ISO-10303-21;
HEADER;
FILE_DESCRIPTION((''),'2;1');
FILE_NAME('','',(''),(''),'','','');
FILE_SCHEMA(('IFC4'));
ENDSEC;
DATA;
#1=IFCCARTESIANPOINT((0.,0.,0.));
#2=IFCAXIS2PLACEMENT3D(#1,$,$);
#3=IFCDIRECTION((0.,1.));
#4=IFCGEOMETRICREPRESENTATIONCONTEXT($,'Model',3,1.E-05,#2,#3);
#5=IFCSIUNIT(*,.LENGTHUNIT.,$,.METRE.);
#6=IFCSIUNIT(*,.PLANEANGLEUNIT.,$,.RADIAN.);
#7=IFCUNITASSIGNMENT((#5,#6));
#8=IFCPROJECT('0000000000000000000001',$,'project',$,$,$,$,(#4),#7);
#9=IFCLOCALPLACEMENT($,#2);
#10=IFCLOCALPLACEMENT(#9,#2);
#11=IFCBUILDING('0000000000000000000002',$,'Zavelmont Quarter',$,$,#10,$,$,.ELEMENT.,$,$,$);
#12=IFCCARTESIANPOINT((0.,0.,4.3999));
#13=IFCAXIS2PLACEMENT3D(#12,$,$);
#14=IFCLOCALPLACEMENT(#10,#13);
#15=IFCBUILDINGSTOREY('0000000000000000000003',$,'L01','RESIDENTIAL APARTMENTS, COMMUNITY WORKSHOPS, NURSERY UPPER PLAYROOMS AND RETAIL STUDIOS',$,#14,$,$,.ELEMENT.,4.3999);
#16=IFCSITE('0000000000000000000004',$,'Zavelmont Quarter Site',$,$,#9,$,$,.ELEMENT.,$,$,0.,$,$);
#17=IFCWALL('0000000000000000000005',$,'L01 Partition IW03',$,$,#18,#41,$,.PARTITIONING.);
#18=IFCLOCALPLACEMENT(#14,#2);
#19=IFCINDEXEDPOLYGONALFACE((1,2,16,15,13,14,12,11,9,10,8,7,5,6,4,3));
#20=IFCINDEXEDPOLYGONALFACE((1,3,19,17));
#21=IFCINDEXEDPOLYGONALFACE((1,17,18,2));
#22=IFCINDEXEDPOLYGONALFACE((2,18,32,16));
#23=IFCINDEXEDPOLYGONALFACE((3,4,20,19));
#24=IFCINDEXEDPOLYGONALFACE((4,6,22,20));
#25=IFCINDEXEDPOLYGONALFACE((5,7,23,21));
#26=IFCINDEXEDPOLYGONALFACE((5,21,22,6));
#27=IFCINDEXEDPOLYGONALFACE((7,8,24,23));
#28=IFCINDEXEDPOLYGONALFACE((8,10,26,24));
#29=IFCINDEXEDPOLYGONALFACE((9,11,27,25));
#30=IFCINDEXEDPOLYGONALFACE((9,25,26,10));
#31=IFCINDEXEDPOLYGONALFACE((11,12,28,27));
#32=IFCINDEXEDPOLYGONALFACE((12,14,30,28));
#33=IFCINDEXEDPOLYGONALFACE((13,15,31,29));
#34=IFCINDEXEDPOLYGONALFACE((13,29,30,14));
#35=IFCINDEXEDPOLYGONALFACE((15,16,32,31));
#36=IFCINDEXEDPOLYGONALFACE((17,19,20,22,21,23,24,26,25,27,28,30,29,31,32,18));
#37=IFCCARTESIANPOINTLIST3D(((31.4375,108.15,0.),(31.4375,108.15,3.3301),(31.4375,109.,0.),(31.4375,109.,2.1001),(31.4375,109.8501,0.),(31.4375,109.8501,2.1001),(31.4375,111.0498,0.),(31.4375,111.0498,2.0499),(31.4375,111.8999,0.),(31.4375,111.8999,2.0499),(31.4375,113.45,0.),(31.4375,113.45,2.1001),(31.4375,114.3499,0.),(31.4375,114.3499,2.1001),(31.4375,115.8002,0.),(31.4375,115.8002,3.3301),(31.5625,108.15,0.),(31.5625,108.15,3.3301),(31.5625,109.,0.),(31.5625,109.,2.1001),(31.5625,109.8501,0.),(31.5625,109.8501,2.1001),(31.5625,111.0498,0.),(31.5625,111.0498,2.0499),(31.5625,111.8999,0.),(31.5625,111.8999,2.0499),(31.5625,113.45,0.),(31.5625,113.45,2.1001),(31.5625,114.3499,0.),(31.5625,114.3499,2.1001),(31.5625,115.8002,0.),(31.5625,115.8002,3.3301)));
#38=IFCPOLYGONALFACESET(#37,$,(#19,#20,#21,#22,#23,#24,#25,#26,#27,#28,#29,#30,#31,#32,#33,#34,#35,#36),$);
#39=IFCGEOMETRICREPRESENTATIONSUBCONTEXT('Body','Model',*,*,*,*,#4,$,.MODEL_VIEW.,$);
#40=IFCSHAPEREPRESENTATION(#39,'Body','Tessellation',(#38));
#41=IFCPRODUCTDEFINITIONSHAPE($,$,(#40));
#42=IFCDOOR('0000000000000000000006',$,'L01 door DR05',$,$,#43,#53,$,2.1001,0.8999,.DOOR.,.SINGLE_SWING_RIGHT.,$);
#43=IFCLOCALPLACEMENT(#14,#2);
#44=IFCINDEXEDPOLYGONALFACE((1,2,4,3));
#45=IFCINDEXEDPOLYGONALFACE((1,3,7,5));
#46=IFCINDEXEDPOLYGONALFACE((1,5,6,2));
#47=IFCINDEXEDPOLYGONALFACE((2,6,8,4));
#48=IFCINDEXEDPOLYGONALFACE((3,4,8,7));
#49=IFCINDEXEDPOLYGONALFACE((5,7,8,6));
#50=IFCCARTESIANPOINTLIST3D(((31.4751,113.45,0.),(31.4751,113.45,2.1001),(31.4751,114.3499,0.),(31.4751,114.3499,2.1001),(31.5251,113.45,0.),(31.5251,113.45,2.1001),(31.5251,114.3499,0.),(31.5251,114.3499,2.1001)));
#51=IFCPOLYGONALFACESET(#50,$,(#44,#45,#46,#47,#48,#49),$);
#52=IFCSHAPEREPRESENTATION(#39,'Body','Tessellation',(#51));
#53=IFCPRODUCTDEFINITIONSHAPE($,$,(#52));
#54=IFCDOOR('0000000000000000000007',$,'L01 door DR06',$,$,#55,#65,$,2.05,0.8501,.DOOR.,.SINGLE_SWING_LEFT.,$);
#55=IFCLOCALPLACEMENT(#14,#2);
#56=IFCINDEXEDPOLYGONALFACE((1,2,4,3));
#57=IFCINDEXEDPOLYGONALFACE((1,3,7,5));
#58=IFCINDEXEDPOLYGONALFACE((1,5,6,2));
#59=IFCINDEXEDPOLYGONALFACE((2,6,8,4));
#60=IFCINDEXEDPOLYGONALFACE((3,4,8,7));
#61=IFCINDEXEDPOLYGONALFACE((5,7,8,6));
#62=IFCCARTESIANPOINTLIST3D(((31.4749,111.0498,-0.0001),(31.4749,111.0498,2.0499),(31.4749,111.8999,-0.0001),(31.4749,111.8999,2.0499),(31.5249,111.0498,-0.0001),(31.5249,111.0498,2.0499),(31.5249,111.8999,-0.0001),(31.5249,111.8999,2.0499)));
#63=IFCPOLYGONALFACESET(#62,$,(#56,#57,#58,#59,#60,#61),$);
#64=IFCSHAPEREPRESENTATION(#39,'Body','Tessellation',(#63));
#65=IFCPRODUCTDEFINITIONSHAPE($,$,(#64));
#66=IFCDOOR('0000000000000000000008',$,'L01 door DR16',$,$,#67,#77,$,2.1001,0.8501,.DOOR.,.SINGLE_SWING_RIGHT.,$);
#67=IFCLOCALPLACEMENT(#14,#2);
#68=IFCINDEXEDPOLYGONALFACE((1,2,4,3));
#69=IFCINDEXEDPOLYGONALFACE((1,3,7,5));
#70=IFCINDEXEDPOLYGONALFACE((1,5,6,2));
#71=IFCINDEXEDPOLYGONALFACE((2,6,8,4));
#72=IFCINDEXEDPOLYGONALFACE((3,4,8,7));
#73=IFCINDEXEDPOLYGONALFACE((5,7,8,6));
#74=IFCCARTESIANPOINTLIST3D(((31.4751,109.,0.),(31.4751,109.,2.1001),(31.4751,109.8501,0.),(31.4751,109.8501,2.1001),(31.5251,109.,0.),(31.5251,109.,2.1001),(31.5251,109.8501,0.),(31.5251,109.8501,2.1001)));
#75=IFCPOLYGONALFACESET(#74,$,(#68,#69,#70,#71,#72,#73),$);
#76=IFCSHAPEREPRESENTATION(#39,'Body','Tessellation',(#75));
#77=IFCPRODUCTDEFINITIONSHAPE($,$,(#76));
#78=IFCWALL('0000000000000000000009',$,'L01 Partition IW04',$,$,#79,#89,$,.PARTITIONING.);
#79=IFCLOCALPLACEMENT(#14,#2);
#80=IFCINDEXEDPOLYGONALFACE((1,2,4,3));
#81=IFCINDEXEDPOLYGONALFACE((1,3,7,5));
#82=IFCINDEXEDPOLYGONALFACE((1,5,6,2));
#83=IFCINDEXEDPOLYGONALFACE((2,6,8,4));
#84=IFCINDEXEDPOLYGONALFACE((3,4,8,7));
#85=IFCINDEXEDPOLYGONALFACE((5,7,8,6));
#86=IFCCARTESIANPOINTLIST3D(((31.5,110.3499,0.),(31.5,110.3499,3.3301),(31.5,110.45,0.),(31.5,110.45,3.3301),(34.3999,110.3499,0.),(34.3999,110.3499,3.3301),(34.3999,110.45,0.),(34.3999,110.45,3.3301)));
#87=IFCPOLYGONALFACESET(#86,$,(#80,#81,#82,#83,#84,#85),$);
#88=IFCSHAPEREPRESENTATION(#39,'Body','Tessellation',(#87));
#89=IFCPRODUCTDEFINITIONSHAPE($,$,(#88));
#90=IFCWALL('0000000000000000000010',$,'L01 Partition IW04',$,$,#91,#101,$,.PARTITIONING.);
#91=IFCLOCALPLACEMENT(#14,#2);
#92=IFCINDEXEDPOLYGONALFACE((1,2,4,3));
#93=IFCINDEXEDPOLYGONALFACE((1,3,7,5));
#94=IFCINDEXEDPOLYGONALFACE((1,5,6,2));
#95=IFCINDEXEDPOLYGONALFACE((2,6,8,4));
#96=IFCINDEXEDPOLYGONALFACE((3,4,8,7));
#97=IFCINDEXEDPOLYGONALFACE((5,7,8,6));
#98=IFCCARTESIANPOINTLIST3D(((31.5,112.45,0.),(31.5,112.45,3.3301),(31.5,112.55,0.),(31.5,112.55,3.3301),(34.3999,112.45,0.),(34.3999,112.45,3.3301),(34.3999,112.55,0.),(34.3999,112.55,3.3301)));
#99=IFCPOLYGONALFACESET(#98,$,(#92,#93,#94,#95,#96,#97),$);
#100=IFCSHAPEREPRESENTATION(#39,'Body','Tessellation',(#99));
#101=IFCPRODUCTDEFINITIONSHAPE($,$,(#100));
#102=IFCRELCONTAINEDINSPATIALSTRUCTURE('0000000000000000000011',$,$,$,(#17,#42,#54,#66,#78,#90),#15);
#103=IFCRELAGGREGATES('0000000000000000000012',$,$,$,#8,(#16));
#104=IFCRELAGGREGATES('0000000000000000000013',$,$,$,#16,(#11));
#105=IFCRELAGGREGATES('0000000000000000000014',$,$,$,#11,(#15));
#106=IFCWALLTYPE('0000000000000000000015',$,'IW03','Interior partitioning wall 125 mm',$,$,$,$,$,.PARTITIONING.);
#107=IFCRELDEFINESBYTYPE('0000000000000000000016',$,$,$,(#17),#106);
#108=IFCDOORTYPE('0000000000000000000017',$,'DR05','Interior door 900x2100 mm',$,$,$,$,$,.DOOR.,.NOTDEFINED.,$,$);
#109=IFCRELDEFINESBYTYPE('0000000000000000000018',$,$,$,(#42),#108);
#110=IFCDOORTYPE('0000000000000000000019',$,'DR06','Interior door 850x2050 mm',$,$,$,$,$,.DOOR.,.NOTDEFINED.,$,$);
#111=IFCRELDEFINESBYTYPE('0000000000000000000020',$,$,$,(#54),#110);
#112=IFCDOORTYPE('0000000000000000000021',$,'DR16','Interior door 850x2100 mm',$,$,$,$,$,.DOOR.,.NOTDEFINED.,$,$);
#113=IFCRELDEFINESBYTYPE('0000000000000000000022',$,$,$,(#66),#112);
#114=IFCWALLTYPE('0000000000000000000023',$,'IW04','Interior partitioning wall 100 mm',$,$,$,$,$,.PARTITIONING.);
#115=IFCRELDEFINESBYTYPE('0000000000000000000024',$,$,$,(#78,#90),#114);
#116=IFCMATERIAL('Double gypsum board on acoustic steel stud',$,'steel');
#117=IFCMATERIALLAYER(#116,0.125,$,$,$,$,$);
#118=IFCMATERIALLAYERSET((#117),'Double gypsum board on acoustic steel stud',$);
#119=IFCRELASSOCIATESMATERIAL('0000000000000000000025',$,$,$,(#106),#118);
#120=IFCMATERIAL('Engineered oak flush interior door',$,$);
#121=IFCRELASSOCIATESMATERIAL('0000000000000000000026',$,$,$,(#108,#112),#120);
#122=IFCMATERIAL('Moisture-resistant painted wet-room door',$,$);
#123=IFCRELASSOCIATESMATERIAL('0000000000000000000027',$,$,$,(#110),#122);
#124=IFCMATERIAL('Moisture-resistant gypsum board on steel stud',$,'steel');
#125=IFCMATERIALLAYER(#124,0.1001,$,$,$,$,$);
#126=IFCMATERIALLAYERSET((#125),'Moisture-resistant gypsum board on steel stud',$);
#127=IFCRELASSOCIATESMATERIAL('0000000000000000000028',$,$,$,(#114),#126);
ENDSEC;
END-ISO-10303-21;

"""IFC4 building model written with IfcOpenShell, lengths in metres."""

from ifc_helpers import new_model, si_unit, direction, frame, frame_2d, origin, origin_with_axes, place, context, subcontext, project, spatial, rectangle, extrude, material, layer, layer_set, type_object, element, fill, save


model = new_model("IFC4")

# Units and contexts
model_context = context("Model", 3, precision=1e-05, world=origin(), true_north=direction((0.0, 1.0)))
body_context = subcontext(model_context, "Body", "Model", "MODEL_VIEW")
ifc_project = project(units=[si_unit("LENGTHUNIT", "METRE"), si_unit("PLANEANGLEUNIT", "RADIAN")], contexts=[model_context])

# Site, building, storey
site_placement = place(None, origin())
site = spatial("IfcSite", under=ifc_project, at=site_placement, Name="Zavelmont Quarter Site", CompositionType="ELEMENT", RefElevation=0.0)
building_placement = place(site_placement, origin())
building = spatial("IfcBuilding", under=site, at=building_placement, Name="Zavelmont Quarter", CompositionType="ELEMENT")
storey_placement = place(building_placement, frame((0.0, 0.0, 4.3999)))
storey = spatial("IfcBuildingStorey", under=building, at=storey_placement, Name="L01", Description="RESIDENTIAL APARTMENTS, COMMUNITY WORKSHOPS, NURSERY UPPER PLAYROOMS AND RETAIL STUDIOS", CompositionType="ELEMENT", Elevation=4.3999)

# Wall, openings, doors
ifc_material_1 = material(Name="Double gypsum board on acoustic steel stud", Category="steel")
ifc_layer_1 = layer(ifc_material_1, 0.125)
ifc_layer_set_1 = layer_set([ifc_layer_1], Name="Double gypsum board on acoustic steel stud")
wall_type_1 = type_object("IfcWallType", Name="IW03", Description="Interior partitioning wall 125 mm", PredefinedType="PARTITIONING", material=ifc_layer_set_1)
wall_1_placement = place(storey_placement, frame((31.5, 108.1499, 0.0), z_axis=(0.0, 0.0, 1.0), x_axis=(0.0, 1.0, 0.0)))
wall_1 = element("IfcWall", 1, at=wall_1_placement, inside=storey, type_object=wall_type_1, Name="L01 Partition IW03", PredefinedType="PARTITIONING", context=body_context, shape_type="SweptSolid", body=[
    extrude(rectangle(XDim=7.6501, YDim=0.125, at=frame_2d((3.8252, 0.0))), origin(), (0.0, 0.0, 1.0), 3.3301),
])
opening_1_placement = place(wall_1_placement, frame((0.8501, 0.0, 0.0)))
opening_1 = element("IfcOpeningElement", 2, at=opening_1_placement, cuts=wall_1, PredefinedType="OPENING", context=body_context, shape_type="SweptSolid", body=[
    extrude(rectangle(XDim=0.8501, YDim=2.1001, at=frame_2d((0.425, 1.05))), frame((0.0, 0.0745, 0.0), z_axis=(0.0, -1.0, 0.0), x_axis=(1.0, 0.0, 0.0)), (0.0, 0.0, 1.0), 0.1489),
])
opening_2_placement = place(wall_1_placement, frame((2.8999, 0.0, 0.0)))
opening_2 = element("IfcOpeningElement", 3, at=opening_2_placement, cuts=wall_1, PredefinedType="OPENING", context=body_context, shape_type="SweptSolid", body=[
    extrude(rectangle(XDim=0.8501, YDim=2.05, at=frame_2d((0.425, 1.0249))), frame((0.0, 0.0745, 0.0), z_axis=(0.0, -1.0, 0.0), x_axis=(1.0, 0.0, 0.0)), (0.0, 0.0, 1.0), 0.1489),
])
opening_3_placement = place(wall_1_placement, frame((5.3, 0.0, 0.0)))
opening_3 = element("IfcOpeningElement", 4, at=opening_3_placement, cuts=wall_1, PredefinedType="OPENING", context=body_context, shape_type="SweptSolid", body=[
    extrude(rectangle(XDim=0.8999, YDim=2.1001, at=frame_2d((0.45, 1.05))), frame((0.0, 0.0745, 0.0), z_axis=(0.0, -1.0, 0.0), x_axis=(1.0, 0.0, 0.0)), (0.0, 0.0, 1.0), 0.1489),
])
ifc_material_2 = material(Name="Engineered oak flush interior door")
door_type_1 = type_object("IfcDoorType", Name="DR05", Description="Interior door 900x2100 mm", OperationType="NOTDEFINED", PredefinedType="DOOR", material=ifc_material_2)
door_1_placement = place(opening_3_placement, origin_with_axes())
door_1 = element("IfcDoor", 5, at=door_1_placement, inside=storey, type_object=door_type_1, Name="L01 door DR05", OperationType="SINGLE_SWING_RIGHT", OverallHeight=2.1001, OverallWidth=0.8999, PredefinedType="DOOR", context=body_context, shape_type="SweptSolid", body=[
    extrude(rectangle(XDim=0.8999, YDim=2.1001, at=frame_2d((0.45, 1.05))), frame((0.0, 0.0249, 0.0), z_axis=(0.0, -1.0, 0.0), x_axis=(1.0, 0.0, 0.0)), (0.0, 0.0, 1.0), 0.05),
])
fill(opening_3, door_1)
ifc_material_3 = material(Name="Moisture-resistant painted wet-room door")
door_type_2 = type_object("IfcDoorType", Name="DR06", Description="Interior door 850x2050 mm", OperationType="NOTDEFINED", PredefinedType="DOOR", material=ifc_material_3)
door_2_placement = place(opening_2_placement, frame((0.8501, 0.0, 0.0), z_axis=(0.0, 0.0, 1.0), x_axis=(-1.0, 0.0, 0.0)))
door_2 = element("IfcDoor", 6, at=door_2_placement, inside=storey, type_object=door_type_2, Name="L01 door DR06", OperationType="SINGLE_SWING_LEFT", OverallHeight=2.05, OverallWidth=0.8501, PredefinedType="DOOR", context=body_context, shape_type="SweptSolid", body=[
    extrude(rectangle(XDim=0.8501, YDim=2.05, at=frame_2d((0.425, 1.0249))), frame((0.0, 0.0249, 0.0), z_axis=(0.0, -1.0, 0.0), x_axis=(1.0, 0.0, 0.0)), (0.0, 0.0, 1.0), 0.05),
])
fill(opening_2, door_2)
door_type_3 = type_object("IfcDoorType", Name="DR16", Description="Interior door 850x2100 mm", OperationType="NOTDEFINED", PredefinedType="DOOR", material=ifc_material_2)
door_3_placement = place(opening_1_placement, origin_with_axes())
door_3 = element("IfcDoor", 7, at=door_3_placement, inside=storey, type_object=door_type_3, Name="L01 door DR16", OperationType="SINGLE_SWING_RIGHT", OverallHeight=2.1001, OverallWidth=0.8501, PredefinedType="DOOR", context=body_context, shape_type="SweptSolid", body=[
    extrude(rectangle(XDim=0.8501, YDim=2.1001, at=frame_2d((0.425, 1.05))), frame((0.0, 0.0249, 0.0), z_axis=(0.0, -1.0, 0.0), x_axis=(1.0, 0.0, 0.0)), (0.0, 0.0, 1.0), 0.05),
])
fill(opening_1, door_3)

# Walls
ifc_material_4 = material(Name="Moisture-resistant gypsum board on steel stud", Category="steel")
ifc_layer_2 = layer(ifc_material_4, 0.1001)
ifc_layer_set_2 = layer_set([ifc_layer_2], Name="Moisture-resistant gypsum board on steel stud")
wall_type_2 = type_object("IfcWallType", Name="IW04", Description="Interior partitioning wall 100 mm", PredefinedType="PARTITIONING", material=ifc_layer_set_2)
for number, where, z_axis, x_axis, name in (
    (8, (31.5, 110.3999, 0.0), (0.0, 0.0, 1.0), (1.0, 0.0, 0.0), "L01 Partition IW04"),
    (9, (31.5, 112.5, 0.0), (0.0, 0.0, 1.0), (1.0, 0.0, 0.0), "L01 Partition IW04"),
):
    element("IfcWall", number, at=place(storey_placement, frame(where, z_axis=z_axis, x_axis=x_axis)), inside=storey, type_object=wall_type_2, Name=name, PredefinedType="PARTITIONING", context=body_context, shape_type="SweptSolid", body=[
        extrude(rectangle(XDim=2.8999, YDim=0.1001, at=frame_2d((1.45, 0.0))), origin(), (0.0, 0.0, 1.0), 3.3301),
    ])

save(model, "model.ifc")
